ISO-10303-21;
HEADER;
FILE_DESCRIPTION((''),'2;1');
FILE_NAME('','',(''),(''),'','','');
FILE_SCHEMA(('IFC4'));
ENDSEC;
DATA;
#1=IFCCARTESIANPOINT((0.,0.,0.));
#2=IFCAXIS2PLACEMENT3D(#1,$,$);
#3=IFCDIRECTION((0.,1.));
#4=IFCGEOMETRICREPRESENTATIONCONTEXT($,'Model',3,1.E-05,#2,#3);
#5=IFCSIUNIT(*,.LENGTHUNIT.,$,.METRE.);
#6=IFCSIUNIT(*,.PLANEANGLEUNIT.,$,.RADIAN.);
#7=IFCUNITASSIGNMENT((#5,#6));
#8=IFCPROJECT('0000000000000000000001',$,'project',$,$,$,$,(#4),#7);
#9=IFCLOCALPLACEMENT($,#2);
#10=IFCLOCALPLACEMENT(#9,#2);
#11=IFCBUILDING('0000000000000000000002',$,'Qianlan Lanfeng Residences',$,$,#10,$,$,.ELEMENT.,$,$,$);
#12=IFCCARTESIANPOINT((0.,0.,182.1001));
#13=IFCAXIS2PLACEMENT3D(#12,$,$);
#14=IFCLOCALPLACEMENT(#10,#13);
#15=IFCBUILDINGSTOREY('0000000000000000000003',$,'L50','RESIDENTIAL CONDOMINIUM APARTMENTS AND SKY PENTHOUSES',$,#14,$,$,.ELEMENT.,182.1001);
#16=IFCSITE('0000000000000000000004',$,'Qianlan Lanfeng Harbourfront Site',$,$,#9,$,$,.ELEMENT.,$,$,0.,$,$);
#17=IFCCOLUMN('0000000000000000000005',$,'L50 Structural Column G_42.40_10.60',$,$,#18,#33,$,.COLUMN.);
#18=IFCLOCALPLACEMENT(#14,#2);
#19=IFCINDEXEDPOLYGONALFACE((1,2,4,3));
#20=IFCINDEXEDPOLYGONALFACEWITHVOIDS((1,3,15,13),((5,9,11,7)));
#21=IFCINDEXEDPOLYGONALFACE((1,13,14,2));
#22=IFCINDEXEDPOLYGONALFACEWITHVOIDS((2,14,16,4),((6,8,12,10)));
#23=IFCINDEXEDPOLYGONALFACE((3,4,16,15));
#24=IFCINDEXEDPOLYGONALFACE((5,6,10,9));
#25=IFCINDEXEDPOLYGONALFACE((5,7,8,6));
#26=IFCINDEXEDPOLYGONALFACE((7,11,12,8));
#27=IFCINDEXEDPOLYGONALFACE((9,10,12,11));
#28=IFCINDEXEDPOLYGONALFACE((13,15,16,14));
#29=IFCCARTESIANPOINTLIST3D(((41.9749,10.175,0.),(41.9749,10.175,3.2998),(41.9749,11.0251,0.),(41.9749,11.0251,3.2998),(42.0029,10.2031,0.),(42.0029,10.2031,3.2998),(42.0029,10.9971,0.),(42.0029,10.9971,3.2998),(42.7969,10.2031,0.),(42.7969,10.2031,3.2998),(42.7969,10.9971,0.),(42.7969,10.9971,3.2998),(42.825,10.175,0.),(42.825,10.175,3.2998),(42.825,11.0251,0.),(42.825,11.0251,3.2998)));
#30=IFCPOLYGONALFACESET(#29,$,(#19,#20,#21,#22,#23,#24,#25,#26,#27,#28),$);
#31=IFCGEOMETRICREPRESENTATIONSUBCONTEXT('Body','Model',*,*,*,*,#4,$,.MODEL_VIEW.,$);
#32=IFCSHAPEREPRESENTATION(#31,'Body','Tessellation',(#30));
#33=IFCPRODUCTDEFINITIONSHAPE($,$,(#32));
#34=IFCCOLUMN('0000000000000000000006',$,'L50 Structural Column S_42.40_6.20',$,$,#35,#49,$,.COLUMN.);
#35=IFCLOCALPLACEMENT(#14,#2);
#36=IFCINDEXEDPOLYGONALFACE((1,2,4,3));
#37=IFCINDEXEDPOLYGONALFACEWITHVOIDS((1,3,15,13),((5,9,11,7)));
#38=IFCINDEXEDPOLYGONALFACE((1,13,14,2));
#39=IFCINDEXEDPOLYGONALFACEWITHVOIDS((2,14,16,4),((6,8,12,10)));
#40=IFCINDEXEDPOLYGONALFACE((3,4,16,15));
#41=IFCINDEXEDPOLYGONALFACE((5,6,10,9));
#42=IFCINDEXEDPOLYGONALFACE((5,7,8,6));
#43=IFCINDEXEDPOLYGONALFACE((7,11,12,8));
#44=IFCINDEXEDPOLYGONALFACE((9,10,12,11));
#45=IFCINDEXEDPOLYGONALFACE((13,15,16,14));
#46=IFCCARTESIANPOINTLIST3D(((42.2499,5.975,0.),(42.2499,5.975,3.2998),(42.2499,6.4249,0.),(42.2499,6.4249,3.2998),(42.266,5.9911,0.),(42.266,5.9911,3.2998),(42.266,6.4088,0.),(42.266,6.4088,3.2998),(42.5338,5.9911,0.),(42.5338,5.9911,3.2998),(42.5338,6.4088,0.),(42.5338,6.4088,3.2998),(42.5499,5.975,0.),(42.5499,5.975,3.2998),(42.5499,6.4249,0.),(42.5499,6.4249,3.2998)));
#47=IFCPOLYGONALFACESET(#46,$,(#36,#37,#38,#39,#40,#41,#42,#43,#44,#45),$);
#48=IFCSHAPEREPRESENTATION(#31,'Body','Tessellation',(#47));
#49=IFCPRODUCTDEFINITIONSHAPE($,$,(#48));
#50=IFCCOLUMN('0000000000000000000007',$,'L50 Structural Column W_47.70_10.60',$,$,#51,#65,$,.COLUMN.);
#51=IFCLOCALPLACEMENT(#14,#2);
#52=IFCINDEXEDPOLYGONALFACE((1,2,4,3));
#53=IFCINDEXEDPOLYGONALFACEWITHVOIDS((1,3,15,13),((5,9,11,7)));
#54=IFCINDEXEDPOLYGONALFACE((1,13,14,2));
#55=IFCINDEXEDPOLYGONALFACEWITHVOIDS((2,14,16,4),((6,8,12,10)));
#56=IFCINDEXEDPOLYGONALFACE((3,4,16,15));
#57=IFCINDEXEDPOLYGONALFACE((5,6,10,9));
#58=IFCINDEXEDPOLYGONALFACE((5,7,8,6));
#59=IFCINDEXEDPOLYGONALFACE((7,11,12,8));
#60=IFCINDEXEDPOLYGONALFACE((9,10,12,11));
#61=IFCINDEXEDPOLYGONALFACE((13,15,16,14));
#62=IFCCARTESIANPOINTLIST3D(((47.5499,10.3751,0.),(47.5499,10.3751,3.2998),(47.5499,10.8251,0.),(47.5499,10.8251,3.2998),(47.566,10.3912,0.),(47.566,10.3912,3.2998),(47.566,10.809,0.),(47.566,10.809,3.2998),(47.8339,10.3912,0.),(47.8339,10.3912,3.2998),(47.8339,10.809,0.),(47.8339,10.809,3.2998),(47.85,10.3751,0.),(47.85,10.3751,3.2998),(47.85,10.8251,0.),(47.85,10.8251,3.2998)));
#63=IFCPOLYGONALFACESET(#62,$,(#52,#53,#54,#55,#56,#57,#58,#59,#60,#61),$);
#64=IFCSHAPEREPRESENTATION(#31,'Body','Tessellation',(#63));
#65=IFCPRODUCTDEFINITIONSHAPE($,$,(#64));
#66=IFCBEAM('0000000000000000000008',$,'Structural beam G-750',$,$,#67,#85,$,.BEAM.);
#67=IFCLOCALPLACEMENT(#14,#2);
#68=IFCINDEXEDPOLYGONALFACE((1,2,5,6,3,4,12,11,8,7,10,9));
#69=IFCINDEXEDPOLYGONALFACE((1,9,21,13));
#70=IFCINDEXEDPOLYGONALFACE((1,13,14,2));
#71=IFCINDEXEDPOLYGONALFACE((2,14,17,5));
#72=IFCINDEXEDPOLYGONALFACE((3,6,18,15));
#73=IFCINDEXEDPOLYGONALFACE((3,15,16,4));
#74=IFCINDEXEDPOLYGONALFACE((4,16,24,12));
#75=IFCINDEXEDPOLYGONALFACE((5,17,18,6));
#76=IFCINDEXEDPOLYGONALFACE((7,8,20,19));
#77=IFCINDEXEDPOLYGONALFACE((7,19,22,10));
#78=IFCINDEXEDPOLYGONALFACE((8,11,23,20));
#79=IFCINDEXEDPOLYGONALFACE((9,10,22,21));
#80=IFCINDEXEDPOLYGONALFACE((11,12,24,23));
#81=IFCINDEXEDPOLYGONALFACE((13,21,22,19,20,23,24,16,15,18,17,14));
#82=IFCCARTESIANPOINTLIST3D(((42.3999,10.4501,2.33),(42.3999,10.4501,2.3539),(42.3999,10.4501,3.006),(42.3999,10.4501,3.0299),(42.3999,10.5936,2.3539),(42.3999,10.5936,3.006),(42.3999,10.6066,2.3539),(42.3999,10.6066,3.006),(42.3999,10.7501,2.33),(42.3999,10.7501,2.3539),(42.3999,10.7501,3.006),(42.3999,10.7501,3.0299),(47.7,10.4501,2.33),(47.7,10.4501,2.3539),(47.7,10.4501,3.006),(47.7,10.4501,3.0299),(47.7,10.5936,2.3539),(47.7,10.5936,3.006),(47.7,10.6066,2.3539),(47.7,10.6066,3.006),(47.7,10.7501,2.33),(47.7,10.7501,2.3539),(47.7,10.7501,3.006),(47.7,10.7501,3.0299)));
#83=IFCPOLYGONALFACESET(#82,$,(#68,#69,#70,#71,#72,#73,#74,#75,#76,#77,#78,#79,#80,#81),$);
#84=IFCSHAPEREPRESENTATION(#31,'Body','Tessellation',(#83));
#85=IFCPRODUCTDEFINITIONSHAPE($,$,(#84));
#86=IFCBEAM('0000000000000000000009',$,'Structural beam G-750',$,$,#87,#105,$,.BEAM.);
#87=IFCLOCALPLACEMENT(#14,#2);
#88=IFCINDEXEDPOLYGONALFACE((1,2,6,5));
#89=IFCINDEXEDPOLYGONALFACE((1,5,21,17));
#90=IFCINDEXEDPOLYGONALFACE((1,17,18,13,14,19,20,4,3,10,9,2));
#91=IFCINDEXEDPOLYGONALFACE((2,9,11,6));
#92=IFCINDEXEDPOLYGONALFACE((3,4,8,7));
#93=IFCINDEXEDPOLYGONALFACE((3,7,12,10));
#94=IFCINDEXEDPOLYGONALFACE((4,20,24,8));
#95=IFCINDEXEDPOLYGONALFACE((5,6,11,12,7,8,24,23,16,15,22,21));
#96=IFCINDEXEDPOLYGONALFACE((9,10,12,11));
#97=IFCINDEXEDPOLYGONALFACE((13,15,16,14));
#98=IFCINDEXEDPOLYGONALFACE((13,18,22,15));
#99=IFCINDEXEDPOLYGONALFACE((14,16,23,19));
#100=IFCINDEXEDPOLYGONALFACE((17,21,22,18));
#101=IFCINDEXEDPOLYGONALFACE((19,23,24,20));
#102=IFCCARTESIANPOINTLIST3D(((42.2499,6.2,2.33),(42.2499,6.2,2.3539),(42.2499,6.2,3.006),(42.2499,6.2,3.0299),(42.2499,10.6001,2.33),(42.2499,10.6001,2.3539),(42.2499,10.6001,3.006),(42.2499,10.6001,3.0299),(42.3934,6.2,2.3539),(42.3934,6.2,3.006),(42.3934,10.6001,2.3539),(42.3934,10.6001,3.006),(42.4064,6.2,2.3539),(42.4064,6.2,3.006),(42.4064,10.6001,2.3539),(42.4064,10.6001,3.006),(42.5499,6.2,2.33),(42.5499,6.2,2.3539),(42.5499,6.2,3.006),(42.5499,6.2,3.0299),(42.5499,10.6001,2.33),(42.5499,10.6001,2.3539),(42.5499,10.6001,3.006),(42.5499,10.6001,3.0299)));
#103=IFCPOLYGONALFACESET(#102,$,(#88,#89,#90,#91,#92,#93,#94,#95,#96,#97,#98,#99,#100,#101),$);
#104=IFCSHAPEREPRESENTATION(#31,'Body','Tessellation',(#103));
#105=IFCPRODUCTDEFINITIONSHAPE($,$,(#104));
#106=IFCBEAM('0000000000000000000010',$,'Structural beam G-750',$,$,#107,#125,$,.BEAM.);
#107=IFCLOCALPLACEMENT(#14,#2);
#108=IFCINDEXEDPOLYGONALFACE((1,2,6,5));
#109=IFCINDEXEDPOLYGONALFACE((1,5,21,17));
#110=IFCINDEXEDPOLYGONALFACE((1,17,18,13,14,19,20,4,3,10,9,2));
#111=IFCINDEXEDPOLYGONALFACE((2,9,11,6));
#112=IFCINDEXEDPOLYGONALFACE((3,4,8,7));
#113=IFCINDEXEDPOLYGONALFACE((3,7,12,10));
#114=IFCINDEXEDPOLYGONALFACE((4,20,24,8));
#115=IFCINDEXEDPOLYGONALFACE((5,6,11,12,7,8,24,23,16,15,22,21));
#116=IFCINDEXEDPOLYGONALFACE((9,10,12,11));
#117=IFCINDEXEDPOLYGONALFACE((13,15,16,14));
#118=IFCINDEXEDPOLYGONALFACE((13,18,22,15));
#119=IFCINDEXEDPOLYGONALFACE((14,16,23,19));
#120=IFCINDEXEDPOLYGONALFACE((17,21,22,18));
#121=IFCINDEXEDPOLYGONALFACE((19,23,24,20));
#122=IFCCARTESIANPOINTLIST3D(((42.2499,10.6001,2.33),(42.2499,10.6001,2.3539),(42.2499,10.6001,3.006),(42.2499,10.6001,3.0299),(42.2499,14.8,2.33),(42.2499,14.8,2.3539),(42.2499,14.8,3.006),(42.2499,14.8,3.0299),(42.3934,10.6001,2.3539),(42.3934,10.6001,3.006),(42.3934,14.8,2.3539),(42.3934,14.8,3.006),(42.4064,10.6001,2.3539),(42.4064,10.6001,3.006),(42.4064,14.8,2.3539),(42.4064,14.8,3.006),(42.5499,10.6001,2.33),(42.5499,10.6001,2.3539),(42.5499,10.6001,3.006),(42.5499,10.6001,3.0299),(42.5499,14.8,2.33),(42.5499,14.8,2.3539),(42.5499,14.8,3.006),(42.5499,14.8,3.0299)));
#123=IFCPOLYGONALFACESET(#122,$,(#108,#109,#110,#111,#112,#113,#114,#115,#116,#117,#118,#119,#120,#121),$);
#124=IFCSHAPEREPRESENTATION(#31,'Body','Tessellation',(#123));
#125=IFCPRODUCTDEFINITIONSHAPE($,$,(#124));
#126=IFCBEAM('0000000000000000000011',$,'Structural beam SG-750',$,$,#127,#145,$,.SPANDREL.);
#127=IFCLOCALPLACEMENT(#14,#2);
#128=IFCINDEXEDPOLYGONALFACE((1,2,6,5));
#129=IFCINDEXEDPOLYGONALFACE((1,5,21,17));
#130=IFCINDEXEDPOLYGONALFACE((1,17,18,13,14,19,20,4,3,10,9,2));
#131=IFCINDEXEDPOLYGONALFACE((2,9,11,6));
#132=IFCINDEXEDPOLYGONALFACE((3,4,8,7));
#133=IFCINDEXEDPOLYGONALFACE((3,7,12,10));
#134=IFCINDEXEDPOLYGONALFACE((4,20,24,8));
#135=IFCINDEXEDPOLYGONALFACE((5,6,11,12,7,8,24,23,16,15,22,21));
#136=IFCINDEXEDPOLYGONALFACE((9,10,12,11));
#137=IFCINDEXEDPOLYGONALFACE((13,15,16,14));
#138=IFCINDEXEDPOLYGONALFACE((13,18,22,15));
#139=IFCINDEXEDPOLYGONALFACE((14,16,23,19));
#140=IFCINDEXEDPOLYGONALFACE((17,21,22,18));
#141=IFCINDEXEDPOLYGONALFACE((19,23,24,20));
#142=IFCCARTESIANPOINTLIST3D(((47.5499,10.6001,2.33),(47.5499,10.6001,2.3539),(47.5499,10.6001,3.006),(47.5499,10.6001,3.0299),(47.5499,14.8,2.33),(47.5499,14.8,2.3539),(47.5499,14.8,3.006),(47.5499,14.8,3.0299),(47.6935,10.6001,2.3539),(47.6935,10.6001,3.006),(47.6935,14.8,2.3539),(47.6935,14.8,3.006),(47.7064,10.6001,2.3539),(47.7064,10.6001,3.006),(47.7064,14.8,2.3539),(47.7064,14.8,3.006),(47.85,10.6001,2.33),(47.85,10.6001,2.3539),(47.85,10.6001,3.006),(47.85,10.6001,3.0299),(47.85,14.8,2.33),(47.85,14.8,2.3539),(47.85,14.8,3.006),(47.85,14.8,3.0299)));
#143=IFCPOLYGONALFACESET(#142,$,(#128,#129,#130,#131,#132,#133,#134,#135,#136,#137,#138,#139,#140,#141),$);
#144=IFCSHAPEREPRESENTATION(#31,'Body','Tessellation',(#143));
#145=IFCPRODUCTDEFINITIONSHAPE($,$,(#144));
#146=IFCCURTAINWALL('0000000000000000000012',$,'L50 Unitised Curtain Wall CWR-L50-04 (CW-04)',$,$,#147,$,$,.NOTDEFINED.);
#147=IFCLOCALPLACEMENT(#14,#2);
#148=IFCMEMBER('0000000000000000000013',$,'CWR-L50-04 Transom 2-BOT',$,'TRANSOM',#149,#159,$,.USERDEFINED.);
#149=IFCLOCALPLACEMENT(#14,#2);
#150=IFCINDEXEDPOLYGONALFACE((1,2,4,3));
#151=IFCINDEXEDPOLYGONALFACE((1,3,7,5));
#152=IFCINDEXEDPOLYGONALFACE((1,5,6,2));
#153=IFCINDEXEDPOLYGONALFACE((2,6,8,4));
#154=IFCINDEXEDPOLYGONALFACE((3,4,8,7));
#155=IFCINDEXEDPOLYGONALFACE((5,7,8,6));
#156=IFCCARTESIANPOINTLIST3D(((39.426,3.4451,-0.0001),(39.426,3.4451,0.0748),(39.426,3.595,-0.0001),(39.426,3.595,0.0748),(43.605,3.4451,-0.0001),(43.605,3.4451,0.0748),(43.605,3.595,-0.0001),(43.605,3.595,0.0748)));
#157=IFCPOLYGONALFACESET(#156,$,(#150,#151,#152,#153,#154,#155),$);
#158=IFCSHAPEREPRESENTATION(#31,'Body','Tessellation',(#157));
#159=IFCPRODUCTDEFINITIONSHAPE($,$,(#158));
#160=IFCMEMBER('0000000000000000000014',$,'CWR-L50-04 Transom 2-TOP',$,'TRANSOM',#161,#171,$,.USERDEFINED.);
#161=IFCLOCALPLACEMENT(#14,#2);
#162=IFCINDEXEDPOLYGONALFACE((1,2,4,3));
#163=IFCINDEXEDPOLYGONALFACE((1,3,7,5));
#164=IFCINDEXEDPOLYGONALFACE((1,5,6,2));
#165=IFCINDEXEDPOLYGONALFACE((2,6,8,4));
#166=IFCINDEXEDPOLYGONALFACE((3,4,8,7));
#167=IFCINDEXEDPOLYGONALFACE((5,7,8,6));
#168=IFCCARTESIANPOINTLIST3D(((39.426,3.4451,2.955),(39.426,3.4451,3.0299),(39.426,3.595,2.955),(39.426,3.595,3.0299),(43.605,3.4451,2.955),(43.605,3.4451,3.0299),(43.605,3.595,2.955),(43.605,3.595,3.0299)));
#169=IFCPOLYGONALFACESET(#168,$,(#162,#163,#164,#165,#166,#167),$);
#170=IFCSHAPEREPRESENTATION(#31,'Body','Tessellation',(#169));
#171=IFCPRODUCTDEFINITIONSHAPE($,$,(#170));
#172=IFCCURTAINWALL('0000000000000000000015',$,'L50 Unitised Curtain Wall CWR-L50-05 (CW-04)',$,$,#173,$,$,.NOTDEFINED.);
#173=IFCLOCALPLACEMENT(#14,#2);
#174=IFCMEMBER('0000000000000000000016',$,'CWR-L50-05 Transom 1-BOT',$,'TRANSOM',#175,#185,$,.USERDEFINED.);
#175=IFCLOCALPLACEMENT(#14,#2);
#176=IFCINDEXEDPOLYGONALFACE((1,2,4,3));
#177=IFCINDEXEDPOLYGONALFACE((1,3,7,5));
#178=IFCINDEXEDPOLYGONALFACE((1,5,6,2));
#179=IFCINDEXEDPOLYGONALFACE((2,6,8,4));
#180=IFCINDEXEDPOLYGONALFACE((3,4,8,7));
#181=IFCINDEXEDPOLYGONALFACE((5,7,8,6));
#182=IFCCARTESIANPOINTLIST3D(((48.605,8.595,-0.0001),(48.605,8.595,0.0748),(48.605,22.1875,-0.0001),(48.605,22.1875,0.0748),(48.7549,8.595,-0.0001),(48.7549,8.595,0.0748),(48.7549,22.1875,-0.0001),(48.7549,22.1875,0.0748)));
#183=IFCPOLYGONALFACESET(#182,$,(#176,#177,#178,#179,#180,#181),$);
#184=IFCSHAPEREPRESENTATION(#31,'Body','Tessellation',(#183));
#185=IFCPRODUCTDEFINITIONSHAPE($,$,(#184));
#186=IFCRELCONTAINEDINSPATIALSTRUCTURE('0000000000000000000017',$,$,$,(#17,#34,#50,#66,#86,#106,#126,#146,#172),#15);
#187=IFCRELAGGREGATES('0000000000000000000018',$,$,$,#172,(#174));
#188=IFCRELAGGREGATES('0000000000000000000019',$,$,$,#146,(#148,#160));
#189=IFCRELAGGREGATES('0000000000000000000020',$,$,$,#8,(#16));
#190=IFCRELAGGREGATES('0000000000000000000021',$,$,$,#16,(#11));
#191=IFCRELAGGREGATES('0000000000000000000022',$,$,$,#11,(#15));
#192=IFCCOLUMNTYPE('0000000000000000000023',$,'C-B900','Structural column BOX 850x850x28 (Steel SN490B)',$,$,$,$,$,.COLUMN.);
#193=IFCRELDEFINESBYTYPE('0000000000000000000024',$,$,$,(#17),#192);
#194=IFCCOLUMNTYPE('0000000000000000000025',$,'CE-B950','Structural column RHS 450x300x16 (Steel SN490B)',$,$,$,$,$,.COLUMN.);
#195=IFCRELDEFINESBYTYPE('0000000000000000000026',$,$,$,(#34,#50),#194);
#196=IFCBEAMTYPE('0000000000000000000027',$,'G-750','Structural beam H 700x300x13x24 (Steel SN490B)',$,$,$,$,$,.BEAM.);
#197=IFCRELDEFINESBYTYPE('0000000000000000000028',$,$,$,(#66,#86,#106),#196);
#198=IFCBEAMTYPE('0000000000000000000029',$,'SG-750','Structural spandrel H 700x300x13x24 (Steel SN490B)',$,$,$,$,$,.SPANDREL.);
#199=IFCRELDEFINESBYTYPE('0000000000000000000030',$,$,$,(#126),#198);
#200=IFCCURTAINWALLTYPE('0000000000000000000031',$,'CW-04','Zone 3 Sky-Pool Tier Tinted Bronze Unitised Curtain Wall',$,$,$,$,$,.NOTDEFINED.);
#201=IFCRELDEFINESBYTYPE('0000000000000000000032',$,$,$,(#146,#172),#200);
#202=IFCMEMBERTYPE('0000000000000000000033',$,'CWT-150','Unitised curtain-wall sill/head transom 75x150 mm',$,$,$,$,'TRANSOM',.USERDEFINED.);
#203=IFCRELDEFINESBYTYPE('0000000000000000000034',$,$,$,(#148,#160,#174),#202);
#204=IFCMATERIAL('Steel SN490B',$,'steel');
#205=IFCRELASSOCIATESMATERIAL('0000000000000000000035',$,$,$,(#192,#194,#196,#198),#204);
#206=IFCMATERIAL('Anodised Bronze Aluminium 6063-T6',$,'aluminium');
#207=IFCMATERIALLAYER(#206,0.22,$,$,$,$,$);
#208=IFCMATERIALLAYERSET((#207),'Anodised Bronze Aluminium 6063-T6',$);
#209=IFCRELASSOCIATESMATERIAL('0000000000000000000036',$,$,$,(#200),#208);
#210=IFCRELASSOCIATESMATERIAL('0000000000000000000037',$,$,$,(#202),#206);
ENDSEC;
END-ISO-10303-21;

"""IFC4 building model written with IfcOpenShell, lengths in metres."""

from ifc_helpers import new_model, si_unit, direction, frame, origin, origin_2d, place, context, subcontext, project, spatial, rectangle, hollow_rectangle, i_section, extrude, source, transform, mapped, material, layer, layer_set, material_profile, profile_set, type_object, element, aggregate, save


model = new_model("IFC4")

# Units and contexts
model_context = context("Model", 3, precision=1e-05, world=origin(), true_north=direction((0.0, 1.0)))
body_context = subcontext(model_context, "Body", "Model", "MODEL_VIEW")
ifc_project = project(units=[si_unit("LENGTHUNIT", "METRE"), si_unit("PLANEANGLEUNIT", "RADIAN")], contexts=[model_context])

# Site, building, storey
site_placement = place(None, origin())
site = spatial("IfcSite", under=ifc_project, at=site_placement, Name="Qianlan Lanfeng Harbourfront Site", CompositionType="ELEMENT", RefElevation=0.0)
building_placement = place(site_placement, origin())
building = spatial("IfcBuilding", under=site, at=building_placement, Name="Qianlan Lanfeng Residences", CompositionType="ELEMENT")
storey_placement = place(building_placement, frame((0.0, 0.0, 182.1001)))
storey = spatial("IfcBuildingStorey", under=building, at=storey_placement, Name="L50", Description="RESIDENTIAL CONDOMINIUM APARTMENTS AND SKY PENTHOUSES", CompositionType="ELEMENT", Elevation=182.1001)

# Columns
ifc_material_1 = material(Name="Steel SN490B", Category="steel")
ifc_material_profile_1 = material_profile(ifc_material_1, hollow_rectangle(XDim=0.8501, YDim=0.8501, WallThickness=0.0281, at=origin_2d()), Name="BOX 850x850x28")
ifc_profile_set_1 = profile_set([ifc_material_profile_1], Name="Steel SN490B")
column_type_1 = type_object("IfcColumnType", Name="C-B900", Description="Structural column BOX 850x850x28 (Steel SN490B)", PredefinedType="COLUMN", material=ifc_profile_set_1)
column_placement = place(storey_placement, frame((42.3999, 10.6001, 0.0), z_axis=(0.0, 0.0, 1.0), x_axis=(1.0, 0.0, 0.0)))
element("IfcColumn", 1, at=column_placement, inside=storey, type_object=column_type_1, Name="L50 Structural Column G_42.40_10.60", PredefinedType="COLUMN", context=body_context, shape_type="SweptSolid", body=[
    extrude(hollow_rectangle(XDim=0.8501, YDim=0.8501, WallThickness=0.0281, at=origin_2d()), origin(), (0.0, 0.0, 1.0), 3.2998),
])
ifc_material_profile_2 = material_profile(ifc_material_1, hollow_rectangle(XDim=0.3, YDim=0.45, WallThickness=0.0161, at=origin_2d()), Name="RHS 450x300x16")
ifc_profile_set_2 = profile_set([ifc_material_profile_2], Name="Steel SN490B")
column_type_2 = type_object("IfcColumnType", Name="CE-B950", Description="Structural column RHS 450x300x16 (Steel SN490B)", PredefinedType="COLUMN", material=ifc_profile_set_2)
for number, where, z_axis, x_axis, name in (
    (2, (42.3999, 6.2, 0.0), (0.0, 0.0, 1.0), (1.0, 0.0, 0.0), "L50 Structural Column S_42.40_6.20"),
    (3, (47.7, 10.6001, 0.0), (0.0, 0.0, 1.0), (1.0, 0.0, 0.0), "L50 Structural Column W_47.70_10.60"),
):
    element("IfcColumn", number, at=place(storey_placement, frame(where, z_axis=z_axis, x_axis=x_axis)), inside=storey, type_object=column_type_2, Name=name, PredefinedType="COLUMN", context=body_context, shape_type="SweptSolid", body=[
        extrude(hollow_rectangle(XDim=0.3, YDim=0.45, WallThickness=0.0161, at=origin_2d()), origin(), (0.0, 0.0, 1.0), 3.2998),
    ])

# Beams
ifc_material_profile_3 = material_profile(ifc_material_1, i_section(OverallWidth=0.3, OverallDepth=0.7, WebThickness=0.0129, FlangeThickness=0.0239, at=origin_2d()), Name="H 700x300x13x24")
ifc_profile_set_3 = profile_set([ifc_material_profile_3], Name="Steel SN490B")
beam_type_1 = type_object("IfcBeamType", Name="G-750", Description="Structural beam H 700x300x13x24 (Steel SN490B)", PredefinedType="BEAM", material=ifc_profile_set_3)
beam_1_placement = place(storey_placement, frame((42.3999, 10.6001, 2.6799), z_axis=(1.0, 0.0, 0.0), x_axis=(0.0, 1.0, 0.0)))
element("IfcBeam", 4, at=beam_1_placement, inside=storey, type_object=beam_type_1, Name="Structural beam G-750", PredefinedType="BEAM", context=body_context, shape_type="SweptSolid", body=[
    extrude(i_section(OverallWidth=0.3, OverallDepth=0.7, WebThickness=0.0129, FlangeThickness=0.0239, at=origin_2d()), origin(), (0.0, 0.0, 1.0), 5.3),
])
beam_2_placement = place(storey_placement, frame((42.3999, 6.2, 2.6799), z_axis=(0.0, 1.0, 0.0), x_axis=(-1.0, 0.0, 0.0)))
element("IfcBeam", 5, at=beam_2_placement, inside=storey, type_object=beam_type_1, Name="Structural beam G-750", PredefinedType="BEAM", context=body_context, shape_type="SweptSolid", body=[
    extrude(i_section(OverallWidth=0.3, OverallDepth=0.7, WebThickness=0.0129, FlangeThickness=0.0239, at=origin_2d()), origin(), (0.0, 0.0, 1.0), 4.4001),
])
beam_3_placement = place(storey_placement, frame((42.3999, 10.6001, 2.6799), z_axis=(0.0, 1.0, 0.0), x_axis=(-1.0, 0.0, 0.0)))
element("IfcBeam", 6, at=beam_3_placement, inside=storey, type_object=beam_type_1, Name="Structural beam G-750", PredefinedType="BEAM", context=body_context, shape_type="SweptSolid", body=[
    extrude(i_section(OverallWidth=0.3, OverallDepth=0.7, WebThickness=0.0129, FlangeThickness=0.0239, at=origin_2d()), origin(), (0.0, 0.0, 1.0), 4.2),
])
ifc_material_profile_4 = material_profile(ifc_material_1, i_section(OverallWidth=0.3, OverallDepth=0.7, WebThickness=0.0129, FlangeThickness=0.0239, at=origin_2d()), Name="H 700x300x13x24")
ifc_profile_set_4 = profile_set([ifc_material_profile_4], Name="Steel SN490B")
beam_type_2 = type_object("IfcBeamType", Name="SG-750", Description="Structural spandrel H 700x300x13x24 (Steel SN490B)", PredefinedType="SPANDREL", material=ifc_profile_set_4)
beam_4_placement = place(storey_placement, frame((47.7, 10.6001, 2.6799), z_axis=(0.0, 1.0, 0.0), x_axis=(-1.0, 0.0, 0.0)))
element("IfcBeam", 7, at=beam_4_placement, inside=storey, type_object=beam_type_2, Name="Structural beam SG-750", PredefinedType="SPANDREL", context=body_context, shape_type="SweptSolid", body=[
    extrude(i_section(OverallWidth=0.3, OverallDepth=0.7, WebThickness=0.0129, FlangeThickness=0.0239, at=origin_2d()), origin(), (0.0, 0.0, 1.0), 4.2),
])

# Curtain walls, members
ifc_material_2 = material(Name="Anodised Bronze Aluminium 6063-T6", Category="aluminium")
ifc_layer_1 = layer(ifc_material_2, 0.22)
ifc_layer_set_1 = layer_set([ifc_layer_1], Name="Anodised Bronze Aluminium 6063-T6")
curtain_wall_type = type_object("IfcCurtainWallType", Name="CW-04", Description="Zone 3 Sky-Pool Tier Tinted Bronze Unitised Curtain Wall", PredefinedType="NOTDEFINED", material=ifc_layer_set_1)
curtain_wall_1_placement = place(storey_placement, origin())
curtain_wall_1 = element("IfcCurtainWall", 8, at=curtain_wall_1_placement, inside=storey, type_object=curtain_wall_type, Name="L50 Unitised Curtain Wall CWR-L50-04 (CW-04)", PredefinedType="NOTDEFINED")
ifc_material_profile_5 = material_profile(ifc_material_2, rectangle(XDim=0.075, YDim=0.1499, at=origin_2d()), Name="ALU TRANSOM 75x150")
ifc_profile_set_5 = profile_set([ifc_material_profile_5], Name="Anodised Bronze Aluminium 6063-T6")
member_type_1 = type_object("IfcMemberType", Name="CWT-150", Description="Unitised curtain-wall sill/head transom 75x150 mm", ElementType="TRANSOM", PredefinedType="USERDEFINED", material=ifc_profile_set_5)
shared_shape_1 = source(origin(), body_context, "Body", "SweptSolid", [
    extrude(rectangle(XDim=0.075, YDim=0.1499, at=origin_2d()), origin(), (0.0, 0.0, 1.0), 4.179),
])
member_1_placement = place(storey_placement, frame((39.426, 3.52, 0.0374), z_axis=(1.0, 0.0, 0.0), x_axis=(0.0, 0.0, 1.0)))
member_1 = element("IfcMember", 9, at=member_1_placement, type_object=member_type_1, Name="CWR-L50-04 Transom 2-BOT", ObjectType="TRANSOM", PredefinedType="USERDEFINED", context=body_context, shape_type="MappedRepresentation", body=[
    mapped(shared_shape_1, transform((0.0, 0.0, 0.0), scale=1.0)),
])
member_2_placement = place(storey_placement, frame((39.426, 3.52, 2.9924), z_axis=(1.0, 0.0, 0.0), x_axis=(0.0, 0.0, 1.0)))
member_2 = element("IfcMember", 10, at=member_2_placement, type_object=member_type_1, Name="CWR-L50-04 Transom 2-TOP", ObjectType="TRANSOM", PredefinedType="USERDEFINED", context=body_context, shape_type="MappedRepresentation", body=[
    mapped(shared_shape_1, transform((0.0, 0.0, 0.0), scale=1.0)),
])
curtain_wall_2_placement = place(storey_placement, origin())
curtain_wall_2 = element("IfcCurtainWall", 11, at=curtain_wall_2_placement, inside=storey, type_object=curtain_wall_type, Name="L50 Unitised Curtain Wall CWR-L50-05 (CW-04)", PredefinedType="NOTDEFINED")
shared_shape_2 = source(origin(), body_context, "Body", "SweptSolid", [
    extrude(rectangle(XDim=0.075, YDim=0.1499, at=origin_2d()), origin(), (0.0, 0.0, 1.0), 13.5925),
])
member_3_placement = place(storey_placement, frame((48.6799, 8.595, 0.0374), z_axis=(0.0, 1.0, 0.0), x_axis=(0.0, 0.0, 1.0)))
member_3 = element("IfcMember", 12, at=member_3_placement, type_object=member_type_1, Name="CWR-L50-05 Transom 1-BOT", ObjectType="TRANSOM", PredefinedType="USERDEFINED", context=body_context, shape_type="MappedRepresentation", body=[
    mapped(shared_shape_2, transform((0.0, 0.0, 0.0), scale=1.0)),
])

aggregate(curtain_wall_2, [member_3])

aggregate(curtain_wall_1, [member_1, member_2])

save(model, "model.ifc")
